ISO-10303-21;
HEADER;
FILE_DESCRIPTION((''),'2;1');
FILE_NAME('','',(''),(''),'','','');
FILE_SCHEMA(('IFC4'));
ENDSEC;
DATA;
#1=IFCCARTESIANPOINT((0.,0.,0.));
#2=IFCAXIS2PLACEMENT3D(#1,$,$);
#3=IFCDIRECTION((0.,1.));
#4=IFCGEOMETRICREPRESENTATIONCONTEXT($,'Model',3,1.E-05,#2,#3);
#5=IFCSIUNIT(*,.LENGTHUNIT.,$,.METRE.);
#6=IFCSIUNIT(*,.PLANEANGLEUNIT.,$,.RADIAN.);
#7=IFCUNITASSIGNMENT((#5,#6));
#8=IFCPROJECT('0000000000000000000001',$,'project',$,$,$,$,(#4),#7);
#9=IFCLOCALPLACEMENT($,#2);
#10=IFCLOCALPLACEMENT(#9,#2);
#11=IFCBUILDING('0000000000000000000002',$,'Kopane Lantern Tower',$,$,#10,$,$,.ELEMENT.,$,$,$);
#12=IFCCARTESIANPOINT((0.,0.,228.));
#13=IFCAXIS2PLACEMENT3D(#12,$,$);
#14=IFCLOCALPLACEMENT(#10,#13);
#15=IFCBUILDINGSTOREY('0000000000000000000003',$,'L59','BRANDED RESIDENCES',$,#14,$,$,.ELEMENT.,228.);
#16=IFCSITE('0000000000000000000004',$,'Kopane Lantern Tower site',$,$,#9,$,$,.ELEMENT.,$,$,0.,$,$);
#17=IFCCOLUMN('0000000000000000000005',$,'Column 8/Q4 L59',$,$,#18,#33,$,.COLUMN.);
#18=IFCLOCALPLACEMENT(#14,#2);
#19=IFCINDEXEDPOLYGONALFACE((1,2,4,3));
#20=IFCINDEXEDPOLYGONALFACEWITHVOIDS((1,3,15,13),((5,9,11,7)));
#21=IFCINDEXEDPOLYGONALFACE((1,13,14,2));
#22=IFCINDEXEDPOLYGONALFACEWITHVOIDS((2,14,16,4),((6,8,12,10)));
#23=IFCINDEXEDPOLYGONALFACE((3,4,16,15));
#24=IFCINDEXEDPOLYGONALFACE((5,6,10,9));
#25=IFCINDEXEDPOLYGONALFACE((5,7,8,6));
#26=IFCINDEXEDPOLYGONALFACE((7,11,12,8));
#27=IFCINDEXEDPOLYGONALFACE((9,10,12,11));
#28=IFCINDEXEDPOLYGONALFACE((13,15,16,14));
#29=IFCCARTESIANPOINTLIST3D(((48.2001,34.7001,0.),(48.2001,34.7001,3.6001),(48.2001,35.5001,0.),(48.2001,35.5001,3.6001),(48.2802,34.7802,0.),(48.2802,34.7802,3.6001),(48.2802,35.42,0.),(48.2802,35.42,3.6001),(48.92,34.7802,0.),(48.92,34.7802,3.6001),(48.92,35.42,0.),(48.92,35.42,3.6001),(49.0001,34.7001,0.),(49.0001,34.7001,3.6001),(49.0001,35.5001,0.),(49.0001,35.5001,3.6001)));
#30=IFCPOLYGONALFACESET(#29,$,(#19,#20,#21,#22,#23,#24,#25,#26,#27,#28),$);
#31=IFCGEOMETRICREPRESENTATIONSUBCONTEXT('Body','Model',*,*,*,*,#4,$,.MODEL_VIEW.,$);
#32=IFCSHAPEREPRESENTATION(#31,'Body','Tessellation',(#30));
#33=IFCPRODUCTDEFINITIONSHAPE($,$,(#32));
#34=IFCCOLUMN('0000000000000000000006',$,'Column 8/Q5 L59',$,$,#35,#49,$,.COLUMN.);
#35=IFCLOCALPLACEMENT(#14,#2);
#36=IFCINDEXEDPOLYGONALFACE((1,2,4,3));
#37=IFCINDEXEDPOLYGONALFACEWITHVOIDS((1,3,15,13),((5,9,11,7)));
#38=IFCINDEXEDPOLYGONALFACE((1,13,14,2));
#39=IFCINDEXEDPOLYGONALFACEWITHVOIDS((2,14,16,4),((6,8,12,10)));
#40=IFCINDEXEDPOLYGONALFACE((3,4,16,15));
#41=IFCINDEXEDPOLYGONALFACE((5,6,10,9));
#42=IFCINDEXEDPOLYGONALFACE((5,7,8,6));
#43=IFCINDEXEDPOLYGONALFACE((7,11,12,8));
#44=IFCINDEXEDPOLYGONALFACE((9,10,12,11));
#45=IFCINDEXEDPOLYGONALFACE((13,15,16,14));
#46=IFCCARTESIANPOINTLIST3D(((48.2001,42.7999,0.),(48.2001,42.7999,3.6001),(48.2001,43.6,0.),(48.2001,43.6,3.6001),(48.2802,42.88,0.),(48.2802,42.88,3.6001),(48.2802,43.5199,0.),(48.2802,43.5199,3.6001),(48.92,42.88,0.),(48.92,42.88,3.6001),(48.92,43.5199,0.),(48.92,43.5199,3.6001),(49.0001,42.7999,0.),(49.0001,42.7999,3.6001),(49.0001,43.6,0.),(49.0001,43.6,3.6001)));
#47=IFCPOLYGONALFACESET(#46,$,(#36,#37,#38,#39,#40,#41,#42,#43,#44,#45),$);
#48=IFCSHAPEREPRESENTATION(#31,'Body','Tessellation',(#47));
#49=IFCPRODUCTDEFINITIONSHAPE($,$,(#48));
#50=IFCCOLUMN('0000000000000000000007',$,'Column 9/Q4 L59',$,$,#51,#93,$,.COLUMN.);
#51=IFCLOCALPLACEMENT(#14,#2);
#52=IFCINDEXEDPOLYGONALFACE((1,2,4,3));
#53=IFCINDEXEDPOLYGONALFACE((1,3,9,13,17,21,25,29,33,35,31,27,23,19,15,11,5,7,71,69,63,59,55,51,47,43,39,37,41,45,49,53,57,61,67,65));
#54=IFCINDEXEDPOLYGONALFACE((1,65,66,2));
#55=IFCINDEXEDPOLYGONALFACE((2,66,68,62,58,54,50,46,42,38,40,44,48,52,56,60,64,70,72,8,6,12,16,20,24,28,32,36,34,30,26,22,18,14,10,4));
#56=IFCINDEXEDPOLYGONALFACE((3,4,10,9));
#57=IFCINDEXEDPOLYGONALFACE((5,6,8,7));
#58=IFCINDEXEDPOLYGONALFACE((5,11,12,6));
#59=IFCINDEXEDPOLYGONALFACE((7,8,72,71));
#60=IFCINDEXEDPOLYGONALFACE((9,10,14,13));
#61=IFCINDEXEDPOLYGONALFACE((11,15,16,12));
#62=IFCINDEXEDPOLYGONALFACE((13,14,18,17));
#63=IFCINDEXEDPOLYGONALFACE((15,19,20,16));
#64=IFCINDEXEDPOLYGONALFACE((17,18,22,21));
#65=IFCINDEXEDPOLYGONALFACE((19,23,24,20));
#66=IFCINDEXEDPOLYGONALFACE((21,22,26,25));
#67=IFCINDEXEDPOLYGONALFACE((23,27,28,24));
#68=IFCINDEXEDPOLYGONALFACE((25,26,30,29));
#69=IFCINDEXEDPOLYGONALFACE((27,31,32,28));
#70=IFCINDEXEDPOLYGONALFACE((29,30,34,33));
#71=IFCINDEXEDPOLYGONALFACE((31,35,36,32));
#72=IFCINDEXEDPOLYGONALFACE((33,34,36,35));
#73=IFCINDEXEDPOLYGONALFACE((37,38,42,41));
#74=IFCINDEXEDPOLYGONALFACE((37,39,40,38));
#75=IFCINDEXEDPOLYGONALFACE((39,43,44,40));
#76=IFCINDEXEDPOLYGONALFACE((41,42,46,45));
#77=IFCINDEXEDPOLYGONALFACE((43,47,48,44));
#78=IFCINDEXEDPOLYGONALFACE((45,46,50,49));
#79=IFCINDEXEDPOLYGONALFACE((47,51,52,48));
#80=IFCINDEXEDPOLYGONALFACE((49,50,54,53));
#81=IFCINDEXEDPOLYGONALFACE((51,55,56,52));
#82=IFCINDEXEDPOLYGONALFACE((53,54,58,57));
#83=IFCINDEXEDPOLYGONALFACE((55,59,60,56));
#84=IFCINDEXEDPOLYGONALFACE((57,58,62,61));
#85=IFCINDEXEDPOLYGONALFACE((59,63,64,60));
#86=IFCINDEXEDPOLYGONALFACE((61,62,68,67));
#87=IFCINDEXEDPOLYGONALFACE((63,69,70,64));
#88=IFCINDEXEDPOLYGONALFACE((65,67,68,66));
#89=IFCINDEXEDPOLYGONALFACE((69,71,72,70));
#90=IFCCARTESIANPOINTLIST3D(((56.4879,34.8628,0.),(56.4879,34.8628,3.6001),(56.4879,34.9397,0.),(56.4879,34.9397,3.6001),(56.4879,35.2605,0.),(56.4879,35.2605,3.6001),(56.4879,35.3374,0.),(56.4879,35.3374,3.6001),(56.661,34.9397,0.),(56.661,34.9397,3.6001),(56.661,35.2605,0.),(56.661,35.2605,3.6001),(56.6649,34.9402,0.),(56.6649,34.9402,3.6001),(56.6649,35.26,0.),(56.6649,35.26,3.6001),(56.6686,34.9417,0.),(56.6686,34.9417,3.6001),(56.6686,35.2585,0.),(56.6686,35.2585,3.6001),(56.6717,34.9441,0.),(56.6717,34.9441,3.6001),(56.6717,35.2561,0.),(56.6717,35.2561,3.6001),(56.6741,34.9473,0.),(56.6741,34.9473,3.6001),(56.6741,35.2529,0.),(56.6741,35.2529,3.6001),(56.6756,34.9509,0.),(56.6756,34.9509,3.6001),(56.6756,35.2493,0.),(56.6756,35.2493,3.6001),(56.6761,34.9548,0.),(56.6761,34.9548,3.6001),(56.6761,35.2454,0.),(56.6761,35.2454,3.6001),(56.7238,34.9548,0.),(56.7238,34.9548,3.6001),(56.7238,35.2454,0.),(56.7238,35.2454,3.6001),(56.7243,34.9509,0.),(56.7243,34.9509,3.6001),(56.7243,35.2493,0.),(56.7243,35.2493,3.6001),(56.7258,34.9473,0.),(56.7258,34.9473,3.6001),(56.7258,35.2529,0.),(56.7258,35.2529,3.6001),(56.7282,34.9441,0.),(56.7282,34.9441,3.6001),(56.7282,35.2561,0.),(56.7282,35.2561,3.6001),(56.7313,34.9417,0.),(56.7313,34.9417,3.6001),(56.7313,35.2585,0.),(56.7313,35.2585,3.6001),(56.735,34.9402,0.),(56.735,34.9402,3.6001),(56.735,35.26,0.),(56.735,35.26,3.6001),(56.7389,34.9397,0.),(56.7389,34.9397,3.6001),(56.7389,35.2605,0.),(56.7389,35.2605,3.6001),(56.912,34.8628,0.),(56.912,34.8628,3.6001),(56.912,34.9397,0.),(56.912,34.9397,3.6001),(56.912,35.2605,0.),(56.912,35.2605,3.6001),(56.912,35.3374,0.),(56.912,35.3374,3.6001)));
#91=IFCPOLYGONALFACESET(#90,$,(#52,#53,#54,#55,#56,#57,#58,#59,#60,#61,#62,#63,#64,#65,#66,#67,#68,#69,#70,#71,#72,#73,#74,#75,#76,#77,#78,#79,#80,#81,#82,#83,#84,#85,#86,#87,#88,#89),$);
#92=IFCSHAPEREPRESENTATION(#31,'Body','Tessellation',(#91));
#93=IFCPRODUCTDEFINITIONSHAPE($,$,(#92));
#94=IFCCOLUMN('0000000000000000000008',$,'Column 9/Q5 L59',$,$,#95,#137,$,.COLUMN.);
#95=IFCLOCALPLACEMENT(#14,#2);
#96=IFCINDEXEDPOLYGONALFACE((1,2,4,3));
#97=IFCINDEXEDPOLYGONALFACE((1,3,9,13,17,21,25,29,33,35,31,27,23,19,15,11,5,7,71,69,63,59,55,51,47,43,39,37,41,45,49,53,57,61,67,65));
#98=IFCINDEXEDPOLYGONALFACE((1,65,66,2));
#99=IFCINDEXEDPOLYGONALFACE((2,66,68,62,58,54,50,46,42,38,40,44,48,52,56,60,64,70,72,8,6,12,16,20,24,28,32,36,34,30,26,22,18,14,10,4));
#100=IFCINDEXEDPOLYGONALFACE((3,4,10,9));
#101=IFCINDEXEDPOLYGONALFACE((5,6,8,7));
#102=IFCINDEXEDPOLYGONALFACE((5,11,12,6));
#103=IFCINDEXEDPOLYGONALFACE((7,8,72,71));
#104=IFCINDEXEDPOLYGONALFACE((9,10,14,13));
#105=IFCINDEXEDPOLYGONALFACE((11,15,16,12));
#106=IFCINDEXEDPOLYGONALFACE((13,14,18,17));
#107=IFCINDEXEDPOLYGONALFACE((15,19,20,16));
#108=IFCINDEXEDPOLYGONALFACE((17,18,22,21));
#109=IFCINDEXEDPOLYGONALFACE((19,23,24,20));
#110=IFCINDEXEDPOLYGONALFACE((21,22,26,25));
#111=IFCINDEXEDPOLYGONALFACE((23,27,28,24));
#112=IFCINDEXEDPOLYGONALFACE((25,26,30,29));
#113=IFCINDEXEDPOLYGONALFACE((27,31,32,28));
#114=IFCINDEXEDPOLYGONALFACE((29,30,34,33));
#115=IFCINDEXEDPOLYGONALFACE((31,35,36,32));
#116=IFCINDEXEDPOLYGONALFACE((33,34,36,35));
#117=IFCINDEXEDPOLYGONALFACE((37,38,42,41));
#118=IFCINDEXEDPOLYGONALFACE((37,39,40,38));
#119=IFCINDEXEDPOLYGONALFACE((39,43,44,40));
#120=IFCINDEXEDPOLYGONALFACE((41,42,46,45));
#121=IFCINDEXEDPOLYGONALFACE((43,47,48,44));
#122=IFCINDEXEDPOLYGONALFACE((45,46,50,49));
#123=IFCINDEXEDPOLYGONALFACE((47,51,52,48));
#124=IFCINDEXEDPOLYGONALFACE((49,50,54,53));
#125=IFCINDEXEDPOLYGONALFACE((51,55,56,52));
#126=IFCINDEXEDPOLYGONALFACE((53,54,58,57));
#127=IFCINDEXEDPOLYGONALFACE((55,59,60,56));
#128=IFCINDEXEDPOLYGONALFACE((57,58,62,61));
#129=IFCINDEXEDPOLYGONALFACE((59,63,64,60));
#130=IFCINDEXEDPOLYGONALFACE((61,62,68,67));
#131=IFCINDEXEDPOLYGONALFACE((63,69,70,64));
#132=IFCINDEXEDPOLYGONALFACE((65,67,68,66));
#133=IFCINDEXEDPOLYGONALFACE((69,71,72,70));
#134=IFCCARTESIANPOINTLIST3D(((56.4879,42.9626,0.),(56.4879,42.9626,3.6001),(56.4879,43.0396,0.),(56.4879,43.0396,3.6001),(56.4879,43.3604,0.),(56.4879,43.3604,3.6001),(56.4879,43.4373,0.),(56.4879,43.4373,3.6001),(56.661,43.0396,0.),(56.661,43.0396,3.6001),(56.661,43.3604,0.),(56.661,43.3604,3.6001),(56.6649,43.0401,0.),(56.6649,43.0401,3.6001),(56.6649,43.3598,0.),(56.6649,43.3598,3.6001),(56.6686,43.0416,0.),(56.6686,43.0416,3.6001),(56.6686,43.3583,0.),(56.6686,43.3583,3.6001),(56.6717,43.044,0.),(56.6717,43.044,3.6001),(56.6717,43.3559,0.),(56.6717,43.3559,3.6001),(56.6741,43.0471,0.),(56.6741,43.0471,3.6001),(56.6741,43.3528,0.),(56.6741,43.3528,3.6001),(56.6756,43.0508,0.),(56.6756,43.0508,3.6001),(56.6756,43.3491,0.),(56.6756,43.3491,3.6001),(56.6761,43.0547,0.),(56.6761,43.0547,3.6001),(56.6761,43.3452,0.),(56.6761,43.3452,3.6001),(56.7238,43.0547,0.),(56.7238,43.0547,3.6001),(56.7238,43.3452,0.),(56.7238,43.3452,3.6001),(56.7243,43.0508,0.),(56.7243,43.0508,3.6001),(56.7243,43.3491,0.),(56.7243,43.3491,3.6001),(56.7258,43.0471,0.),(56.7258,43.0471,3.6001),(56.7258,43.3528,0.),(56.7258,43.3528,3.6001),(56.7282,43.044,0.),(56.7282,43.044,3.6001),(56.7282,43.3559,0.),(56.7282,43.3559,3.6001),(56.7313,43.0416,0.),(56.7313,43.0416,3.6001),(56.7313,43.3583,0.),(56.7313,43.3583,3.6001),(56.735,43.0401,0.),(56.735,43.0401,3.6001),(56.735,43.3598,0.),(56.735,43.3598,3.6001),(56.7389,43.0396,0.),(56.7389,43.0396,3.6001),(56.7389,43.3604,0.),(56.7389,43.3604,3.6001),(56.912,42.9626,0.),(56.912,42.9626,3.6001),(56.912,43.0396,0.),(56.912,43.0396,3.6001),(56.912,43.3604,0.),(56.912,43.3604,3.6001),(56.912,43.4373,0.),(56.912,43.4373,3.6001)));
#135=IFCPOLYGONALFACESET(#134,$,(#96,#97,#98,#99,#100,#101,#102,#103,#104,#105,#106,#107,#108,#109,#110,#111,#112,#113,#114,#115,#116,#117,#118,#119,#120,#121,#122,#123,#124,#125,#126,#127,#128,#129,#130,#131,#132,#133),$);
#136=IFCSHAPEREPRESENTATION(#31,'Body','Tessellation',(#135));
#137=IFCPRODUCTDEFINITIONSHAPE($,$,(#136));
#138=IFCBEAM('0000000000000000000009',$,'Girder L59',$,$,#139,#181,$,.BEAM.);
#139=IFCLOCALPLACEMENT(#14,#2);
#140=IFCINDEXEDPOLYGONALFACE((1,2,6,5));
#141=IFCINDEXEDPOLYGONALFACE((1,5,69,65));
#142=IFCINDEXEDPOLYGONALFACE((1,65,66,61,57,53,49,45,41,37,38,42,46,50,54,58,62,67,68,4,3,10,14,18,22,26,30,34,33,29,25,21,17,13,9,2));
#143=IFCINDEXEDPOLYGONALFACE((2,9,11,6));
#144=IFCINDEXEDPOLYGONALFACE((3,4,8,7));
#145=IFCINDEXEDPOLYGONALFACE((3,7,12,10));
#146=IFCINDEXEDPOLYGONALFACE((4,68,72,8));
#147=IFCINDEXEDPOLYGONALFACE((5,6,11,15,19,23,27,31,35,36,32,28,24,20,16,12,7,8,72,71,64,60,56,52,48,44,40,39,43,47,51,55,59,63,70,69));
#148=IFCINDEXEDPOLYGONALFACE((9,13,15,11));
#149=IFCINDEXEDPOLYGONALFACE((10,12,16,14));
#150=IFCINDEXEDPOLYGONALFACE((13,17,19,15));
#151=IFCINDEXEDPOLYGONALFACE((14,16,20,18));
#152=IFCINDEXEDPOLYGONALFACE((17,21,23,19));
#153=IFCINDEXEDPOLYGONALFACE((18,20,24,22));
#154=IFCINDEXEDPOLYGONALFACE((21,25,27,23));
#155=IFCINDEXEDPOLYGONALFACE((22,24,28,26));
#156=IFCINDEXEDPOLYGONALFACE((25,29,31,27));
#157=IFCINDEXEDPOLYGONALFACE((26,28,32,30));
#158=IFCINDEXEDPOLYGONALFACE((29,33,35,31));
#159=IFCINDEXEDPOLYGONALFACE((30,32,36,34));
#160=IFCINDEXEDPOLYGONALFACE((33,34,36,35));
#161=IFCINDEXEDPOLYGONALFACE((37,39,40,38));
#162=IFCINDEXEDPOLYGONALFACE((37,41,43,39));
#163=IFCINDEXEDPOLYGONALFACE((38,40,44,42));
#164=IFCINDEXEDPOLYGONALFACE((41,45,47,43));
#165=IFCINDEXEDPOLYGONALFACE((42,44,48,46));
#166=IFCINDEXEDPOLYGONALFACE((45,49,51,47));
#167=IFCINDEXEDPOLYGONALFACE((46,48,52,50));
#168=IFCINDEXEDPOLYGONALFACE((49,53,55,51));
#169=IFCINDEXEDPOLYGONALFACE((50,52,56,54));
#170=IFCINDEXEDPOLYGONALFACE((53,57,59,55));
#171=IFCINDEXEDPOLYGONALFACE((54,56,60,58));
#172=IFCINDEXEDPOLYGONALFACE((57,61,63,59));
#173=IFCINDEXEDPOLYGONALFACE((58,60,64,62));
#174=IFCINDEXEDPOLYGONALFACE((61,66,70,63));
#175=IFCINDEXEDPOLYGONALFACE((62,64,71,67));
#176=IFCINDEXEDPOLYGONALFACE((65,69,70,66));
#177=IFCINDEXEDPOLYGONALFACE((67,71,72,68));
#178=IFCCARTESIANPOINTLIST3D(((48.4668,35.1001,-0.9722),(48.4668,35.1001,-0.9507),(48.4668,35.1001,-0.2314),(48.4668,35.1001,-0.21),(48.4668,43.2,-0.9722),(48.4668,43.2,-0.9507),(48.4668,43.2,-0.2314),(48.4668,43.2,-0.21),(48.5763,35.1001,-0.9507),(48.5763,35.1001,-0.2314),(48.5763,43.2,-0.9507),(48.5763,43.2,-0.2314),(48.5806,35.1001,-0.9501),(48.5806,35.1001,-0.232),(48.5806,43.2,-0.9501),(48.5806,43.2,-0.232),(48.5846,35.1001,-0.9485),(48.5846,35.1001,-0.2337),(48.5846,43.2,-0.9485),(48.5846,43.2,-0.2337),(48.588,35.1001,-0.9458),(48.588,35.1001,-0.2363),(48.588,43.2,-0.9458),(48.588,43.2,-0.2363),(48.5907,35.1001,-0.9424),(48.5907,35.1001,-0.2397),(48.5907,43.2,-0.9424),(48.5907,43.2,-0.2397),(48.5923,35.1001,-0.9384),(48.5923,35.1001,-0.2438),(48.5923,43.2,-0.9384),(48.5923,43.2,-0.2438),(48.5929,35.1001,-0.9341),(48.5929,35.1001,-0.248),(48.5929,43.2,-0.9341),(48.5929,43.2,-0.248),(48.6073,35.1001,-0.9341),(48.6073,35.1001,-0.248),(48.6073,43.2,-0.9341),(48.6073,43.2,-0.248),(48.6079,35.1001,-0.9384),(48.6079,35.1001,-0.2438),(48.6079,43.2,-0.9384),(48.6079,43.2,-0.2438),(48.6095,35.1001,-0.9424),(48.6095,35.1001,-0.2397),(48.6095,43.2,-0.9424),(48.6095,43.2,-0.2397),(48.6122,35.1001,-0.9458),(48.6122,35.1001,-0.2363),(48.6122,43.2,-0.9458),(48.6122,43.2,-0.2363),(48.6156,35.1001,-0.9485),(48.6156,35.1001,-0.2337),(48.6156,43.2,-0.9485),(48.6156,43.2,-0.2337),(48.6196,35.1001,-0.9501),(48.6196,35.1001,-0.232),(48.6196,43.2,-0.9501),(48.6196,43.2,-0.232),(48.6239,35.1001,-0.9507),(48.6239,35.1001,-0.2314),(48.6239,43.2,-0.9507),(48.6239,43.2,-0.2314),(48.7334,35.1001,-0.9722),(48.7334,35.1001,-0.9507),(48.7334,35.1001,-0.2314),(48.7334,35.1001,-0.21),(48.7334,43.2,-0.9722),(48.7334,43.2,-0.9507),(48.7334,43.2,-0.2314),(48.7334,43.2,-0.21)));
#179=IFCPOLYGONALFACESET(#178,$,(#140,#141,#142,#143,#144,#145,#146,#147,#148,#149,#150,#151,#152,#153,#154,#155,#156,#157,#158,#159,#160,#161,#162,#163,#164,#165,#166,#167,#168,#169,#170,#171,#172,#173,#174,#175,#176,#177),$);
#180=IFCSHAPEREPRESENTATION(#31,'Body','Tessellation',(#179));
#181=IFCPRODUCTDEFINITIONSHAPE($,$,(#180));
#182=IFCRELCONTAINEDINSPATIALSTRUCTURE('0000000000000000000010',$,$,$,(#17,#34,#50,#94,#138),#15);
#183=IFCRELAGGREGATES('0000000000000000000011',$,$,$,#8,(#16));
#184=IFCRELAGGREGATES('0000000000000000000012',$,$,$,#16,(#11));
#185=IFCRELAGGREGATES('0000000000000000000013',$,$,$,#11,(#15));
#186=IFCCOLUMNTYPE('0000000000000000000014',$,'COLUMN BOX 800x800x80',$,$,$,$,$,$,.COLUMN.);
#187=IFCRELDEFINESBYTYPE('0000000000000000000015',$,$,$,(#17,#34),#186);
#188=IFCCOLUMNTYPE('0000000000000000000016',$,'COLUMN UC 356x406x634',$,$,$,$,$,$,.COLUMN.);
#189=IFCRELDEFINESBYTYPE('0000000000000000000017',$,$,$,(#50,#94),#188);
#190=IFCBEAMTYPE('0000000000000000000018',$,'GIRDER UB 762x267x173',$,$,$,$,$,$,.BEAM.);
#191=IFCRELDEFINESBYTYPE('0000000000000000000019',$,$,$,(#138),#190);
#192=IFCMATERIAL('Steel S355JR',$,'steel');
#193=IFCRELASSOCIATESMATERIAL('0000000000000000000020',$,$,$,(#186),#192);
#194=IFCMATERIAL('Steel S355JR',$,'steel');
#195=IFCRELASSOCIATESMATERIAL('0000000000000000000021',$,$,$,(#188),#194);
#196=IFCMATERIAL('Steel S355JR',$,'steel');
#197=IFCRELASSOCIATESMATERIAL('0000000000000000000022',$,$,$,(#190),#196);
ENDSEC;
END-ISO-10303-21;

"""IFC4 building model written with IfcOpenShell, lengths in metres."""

from ifc_helpers import new_model, si_unit, direction, frame, origin, origin_2d, place, context, subcontext, project, spatial, hollow_rectangle, i_section, extrude, material, material_profile, profile_set, type_object, element, save


model = new_model("IFC4")

# Units and contexts
model_context = context("Model", 3, precision=1e-05, world=origin(), true_north=direction((0.0, 1.0)))
body_context = subcontext(model_context, "Body", "Model", "MODEL_VIEW")
ifc_project = project(units=[si_unit("LENGTHUNIT", "METRE"), si_unit("PLANEANGLEUNIT", "RADIAN")], contexts=[model_context])

# Site, building, storey
site_placement = place(None, origin())
site = spatial("IfcSite", under=ifc_project, at=site_placement, Name="Kopane Lantern Tower site", CompositionType="ELEMENT", RefElevation=0.0)
building_placement = place(site_placement, origin())
building = spatial("IfcBuilding", under=site, at=building_placement, Name="Kopane Lantern Tower", CompositionType="ELEMENT")
storey_placement = place(building_placement, frame((0.0, 0.0, 228.0)))
storey = spatial("IfcBuildingStorey", under=building, at=storey_placement, Name="L59", Description="BRANDED RESIDENCES", CompositionType="ELEMENT", Elevation=228.0)

# Columns
ifc_material_1 = material(Name="Steel S355JR", Category="steel")
ifc_material_profile_1 = material_profile(ifc_material_1, hollow_rectangle(XDim=0.8, YDim=0.8, WallThickness=0.0801, at=origin_2d()), Name="BOX 800x800x80")
ifc_profile_set_1 = profile_set([ifc_material_profile_1], Name="Steel S355JR")
column_type_1 = type_object("IfcColumnType", Name="COLUMN BOX 800x800x80", PredefinedType="COLUMN", material=ifc_profile_set_1)
for number, where, z_axis, x_axis, name in (
    (1, (48.6001, 35.1001, 0.0), (0.0, 0.0, 1.0), (1.0, 0.0, 0.0), "Column 8/Q4 L59"),
    (2, (48.6001, 43.2, 0.0), (0.0, 0.0, 1.0), (1.0, 0.0, 0.0), "Column 8/Q5 L59"),
):
    element("IfcColumn", number, at=place(storey_placement, frame(where, z_axis=z_axis, x_axis=x_axis)), inside=storey, type_object=column_type_1, Name=name, PredefinedType="COLUMN", context=body_context, shape_type="SweptSolid", body=[
        extrude(hollow_rectangle(XDim=0.8, YDim=0.8, WallThickness=0.0801, at=origin_2d()), origin(), (0.0, 0.0, 1.0), 3.6001),
    ])
ifc_material_2 = material(Name="Steel S355JR", Category="steel")
ifc_material_profile_2 = material_profile(ifc_material_2, i_section(OverallWidth=0.4241, OverallDepth=0.4746, WebThickness=0.0476, FlangeThickness=0.0769, FilletRadius=0.0151, at=origin_2d()), Name="UC 356x406x634")
ifc_profile_set_2 = profile_set([ifc_material_profile_2], Name="Steel S355JR")
column_type_2 = type_object("IfcColumnType", Name="COLUMN UC 356x406x634", PredefinedType="COLUMN", material=ifc_profile_set_2)
for number, where, z_axis, x_axis, name in (
    (3, (56.7, 35.1001, 0.0), (0.0, 0.0, 1.0), (1.0, 0.0, 0.0), "Column 9/Q4 L59"),
    (4, (56.7, 43.2, 0.0), (0.0, 0.0, 1.0), (1.0, 0.0, 0.0), "Column 9/Q5 L59"),
):
    element("IfcColumn", number, at=place(storey_placement, frame(where, z_axis=z_axis, x_axis=x_axis)), inside=storey, type_object=column_type_2, Name=name, PredefinedType="COLUMN", context=body_context, shape_type="SweptSolid", body=[
        extrude(i_section(OverallWidth=0.4241, OverallDepth=0.4746, WebThickness=0.0476, FlangeThickness=0.0769, FilletRadius=0.0151, at=origin_2d()), origin(), (0.0, 0.0, 1.0), 3.6001),
    ])

# Beam
ifc_material_3 = material(Name="Steel S355JR", Category="steel")
ifc_material_profile_3 = material_profile(ifc_material_3, i_section(OverallWidth=0.2666, OverallDepth=0.7622, WebThickness=0.0144, FlangeThickness=0.0215, FilletRadius=0.0166, at=origin_2d()), Name="UB 762x267x173")
ifc_profile_set_3 = profile_set([ifc_material_profile_3], Name="Steel S355JR")
beam_type = type_object("IfcBeamType", Name="GIRDER UB 762x267x173", PredefinedType="BEAM", material=ifc_profile_set_3)
for number, where, z_axis, x_axis, name in (
    (5, (48.6001, 35.1001, -0.5911), (0.0, 1.0, 0.0), (-1.0, 0.0, 0.0), "Girder L59"),
):
    element("IfcBeam", number, at=place(storey_placement, frame(where, z_axis=z_axis, x_axis=x_axis)), inside=storey, type_object=beam_type, Name=name, PredefinedType="BEAM", context=body_context, shape_type="SweptSolid", body=[
        extrude(i_section(OverallWidth=0.2666, OverallDepth=0.7622, WebThickness=0.0144, FlangeThickness=0.0215, FilletRadius=0.0166, at=origin_2d()), origin(), (0.0, 0.0, 1.0), 8.0999),
    ])

save(model, "model.ifc")
